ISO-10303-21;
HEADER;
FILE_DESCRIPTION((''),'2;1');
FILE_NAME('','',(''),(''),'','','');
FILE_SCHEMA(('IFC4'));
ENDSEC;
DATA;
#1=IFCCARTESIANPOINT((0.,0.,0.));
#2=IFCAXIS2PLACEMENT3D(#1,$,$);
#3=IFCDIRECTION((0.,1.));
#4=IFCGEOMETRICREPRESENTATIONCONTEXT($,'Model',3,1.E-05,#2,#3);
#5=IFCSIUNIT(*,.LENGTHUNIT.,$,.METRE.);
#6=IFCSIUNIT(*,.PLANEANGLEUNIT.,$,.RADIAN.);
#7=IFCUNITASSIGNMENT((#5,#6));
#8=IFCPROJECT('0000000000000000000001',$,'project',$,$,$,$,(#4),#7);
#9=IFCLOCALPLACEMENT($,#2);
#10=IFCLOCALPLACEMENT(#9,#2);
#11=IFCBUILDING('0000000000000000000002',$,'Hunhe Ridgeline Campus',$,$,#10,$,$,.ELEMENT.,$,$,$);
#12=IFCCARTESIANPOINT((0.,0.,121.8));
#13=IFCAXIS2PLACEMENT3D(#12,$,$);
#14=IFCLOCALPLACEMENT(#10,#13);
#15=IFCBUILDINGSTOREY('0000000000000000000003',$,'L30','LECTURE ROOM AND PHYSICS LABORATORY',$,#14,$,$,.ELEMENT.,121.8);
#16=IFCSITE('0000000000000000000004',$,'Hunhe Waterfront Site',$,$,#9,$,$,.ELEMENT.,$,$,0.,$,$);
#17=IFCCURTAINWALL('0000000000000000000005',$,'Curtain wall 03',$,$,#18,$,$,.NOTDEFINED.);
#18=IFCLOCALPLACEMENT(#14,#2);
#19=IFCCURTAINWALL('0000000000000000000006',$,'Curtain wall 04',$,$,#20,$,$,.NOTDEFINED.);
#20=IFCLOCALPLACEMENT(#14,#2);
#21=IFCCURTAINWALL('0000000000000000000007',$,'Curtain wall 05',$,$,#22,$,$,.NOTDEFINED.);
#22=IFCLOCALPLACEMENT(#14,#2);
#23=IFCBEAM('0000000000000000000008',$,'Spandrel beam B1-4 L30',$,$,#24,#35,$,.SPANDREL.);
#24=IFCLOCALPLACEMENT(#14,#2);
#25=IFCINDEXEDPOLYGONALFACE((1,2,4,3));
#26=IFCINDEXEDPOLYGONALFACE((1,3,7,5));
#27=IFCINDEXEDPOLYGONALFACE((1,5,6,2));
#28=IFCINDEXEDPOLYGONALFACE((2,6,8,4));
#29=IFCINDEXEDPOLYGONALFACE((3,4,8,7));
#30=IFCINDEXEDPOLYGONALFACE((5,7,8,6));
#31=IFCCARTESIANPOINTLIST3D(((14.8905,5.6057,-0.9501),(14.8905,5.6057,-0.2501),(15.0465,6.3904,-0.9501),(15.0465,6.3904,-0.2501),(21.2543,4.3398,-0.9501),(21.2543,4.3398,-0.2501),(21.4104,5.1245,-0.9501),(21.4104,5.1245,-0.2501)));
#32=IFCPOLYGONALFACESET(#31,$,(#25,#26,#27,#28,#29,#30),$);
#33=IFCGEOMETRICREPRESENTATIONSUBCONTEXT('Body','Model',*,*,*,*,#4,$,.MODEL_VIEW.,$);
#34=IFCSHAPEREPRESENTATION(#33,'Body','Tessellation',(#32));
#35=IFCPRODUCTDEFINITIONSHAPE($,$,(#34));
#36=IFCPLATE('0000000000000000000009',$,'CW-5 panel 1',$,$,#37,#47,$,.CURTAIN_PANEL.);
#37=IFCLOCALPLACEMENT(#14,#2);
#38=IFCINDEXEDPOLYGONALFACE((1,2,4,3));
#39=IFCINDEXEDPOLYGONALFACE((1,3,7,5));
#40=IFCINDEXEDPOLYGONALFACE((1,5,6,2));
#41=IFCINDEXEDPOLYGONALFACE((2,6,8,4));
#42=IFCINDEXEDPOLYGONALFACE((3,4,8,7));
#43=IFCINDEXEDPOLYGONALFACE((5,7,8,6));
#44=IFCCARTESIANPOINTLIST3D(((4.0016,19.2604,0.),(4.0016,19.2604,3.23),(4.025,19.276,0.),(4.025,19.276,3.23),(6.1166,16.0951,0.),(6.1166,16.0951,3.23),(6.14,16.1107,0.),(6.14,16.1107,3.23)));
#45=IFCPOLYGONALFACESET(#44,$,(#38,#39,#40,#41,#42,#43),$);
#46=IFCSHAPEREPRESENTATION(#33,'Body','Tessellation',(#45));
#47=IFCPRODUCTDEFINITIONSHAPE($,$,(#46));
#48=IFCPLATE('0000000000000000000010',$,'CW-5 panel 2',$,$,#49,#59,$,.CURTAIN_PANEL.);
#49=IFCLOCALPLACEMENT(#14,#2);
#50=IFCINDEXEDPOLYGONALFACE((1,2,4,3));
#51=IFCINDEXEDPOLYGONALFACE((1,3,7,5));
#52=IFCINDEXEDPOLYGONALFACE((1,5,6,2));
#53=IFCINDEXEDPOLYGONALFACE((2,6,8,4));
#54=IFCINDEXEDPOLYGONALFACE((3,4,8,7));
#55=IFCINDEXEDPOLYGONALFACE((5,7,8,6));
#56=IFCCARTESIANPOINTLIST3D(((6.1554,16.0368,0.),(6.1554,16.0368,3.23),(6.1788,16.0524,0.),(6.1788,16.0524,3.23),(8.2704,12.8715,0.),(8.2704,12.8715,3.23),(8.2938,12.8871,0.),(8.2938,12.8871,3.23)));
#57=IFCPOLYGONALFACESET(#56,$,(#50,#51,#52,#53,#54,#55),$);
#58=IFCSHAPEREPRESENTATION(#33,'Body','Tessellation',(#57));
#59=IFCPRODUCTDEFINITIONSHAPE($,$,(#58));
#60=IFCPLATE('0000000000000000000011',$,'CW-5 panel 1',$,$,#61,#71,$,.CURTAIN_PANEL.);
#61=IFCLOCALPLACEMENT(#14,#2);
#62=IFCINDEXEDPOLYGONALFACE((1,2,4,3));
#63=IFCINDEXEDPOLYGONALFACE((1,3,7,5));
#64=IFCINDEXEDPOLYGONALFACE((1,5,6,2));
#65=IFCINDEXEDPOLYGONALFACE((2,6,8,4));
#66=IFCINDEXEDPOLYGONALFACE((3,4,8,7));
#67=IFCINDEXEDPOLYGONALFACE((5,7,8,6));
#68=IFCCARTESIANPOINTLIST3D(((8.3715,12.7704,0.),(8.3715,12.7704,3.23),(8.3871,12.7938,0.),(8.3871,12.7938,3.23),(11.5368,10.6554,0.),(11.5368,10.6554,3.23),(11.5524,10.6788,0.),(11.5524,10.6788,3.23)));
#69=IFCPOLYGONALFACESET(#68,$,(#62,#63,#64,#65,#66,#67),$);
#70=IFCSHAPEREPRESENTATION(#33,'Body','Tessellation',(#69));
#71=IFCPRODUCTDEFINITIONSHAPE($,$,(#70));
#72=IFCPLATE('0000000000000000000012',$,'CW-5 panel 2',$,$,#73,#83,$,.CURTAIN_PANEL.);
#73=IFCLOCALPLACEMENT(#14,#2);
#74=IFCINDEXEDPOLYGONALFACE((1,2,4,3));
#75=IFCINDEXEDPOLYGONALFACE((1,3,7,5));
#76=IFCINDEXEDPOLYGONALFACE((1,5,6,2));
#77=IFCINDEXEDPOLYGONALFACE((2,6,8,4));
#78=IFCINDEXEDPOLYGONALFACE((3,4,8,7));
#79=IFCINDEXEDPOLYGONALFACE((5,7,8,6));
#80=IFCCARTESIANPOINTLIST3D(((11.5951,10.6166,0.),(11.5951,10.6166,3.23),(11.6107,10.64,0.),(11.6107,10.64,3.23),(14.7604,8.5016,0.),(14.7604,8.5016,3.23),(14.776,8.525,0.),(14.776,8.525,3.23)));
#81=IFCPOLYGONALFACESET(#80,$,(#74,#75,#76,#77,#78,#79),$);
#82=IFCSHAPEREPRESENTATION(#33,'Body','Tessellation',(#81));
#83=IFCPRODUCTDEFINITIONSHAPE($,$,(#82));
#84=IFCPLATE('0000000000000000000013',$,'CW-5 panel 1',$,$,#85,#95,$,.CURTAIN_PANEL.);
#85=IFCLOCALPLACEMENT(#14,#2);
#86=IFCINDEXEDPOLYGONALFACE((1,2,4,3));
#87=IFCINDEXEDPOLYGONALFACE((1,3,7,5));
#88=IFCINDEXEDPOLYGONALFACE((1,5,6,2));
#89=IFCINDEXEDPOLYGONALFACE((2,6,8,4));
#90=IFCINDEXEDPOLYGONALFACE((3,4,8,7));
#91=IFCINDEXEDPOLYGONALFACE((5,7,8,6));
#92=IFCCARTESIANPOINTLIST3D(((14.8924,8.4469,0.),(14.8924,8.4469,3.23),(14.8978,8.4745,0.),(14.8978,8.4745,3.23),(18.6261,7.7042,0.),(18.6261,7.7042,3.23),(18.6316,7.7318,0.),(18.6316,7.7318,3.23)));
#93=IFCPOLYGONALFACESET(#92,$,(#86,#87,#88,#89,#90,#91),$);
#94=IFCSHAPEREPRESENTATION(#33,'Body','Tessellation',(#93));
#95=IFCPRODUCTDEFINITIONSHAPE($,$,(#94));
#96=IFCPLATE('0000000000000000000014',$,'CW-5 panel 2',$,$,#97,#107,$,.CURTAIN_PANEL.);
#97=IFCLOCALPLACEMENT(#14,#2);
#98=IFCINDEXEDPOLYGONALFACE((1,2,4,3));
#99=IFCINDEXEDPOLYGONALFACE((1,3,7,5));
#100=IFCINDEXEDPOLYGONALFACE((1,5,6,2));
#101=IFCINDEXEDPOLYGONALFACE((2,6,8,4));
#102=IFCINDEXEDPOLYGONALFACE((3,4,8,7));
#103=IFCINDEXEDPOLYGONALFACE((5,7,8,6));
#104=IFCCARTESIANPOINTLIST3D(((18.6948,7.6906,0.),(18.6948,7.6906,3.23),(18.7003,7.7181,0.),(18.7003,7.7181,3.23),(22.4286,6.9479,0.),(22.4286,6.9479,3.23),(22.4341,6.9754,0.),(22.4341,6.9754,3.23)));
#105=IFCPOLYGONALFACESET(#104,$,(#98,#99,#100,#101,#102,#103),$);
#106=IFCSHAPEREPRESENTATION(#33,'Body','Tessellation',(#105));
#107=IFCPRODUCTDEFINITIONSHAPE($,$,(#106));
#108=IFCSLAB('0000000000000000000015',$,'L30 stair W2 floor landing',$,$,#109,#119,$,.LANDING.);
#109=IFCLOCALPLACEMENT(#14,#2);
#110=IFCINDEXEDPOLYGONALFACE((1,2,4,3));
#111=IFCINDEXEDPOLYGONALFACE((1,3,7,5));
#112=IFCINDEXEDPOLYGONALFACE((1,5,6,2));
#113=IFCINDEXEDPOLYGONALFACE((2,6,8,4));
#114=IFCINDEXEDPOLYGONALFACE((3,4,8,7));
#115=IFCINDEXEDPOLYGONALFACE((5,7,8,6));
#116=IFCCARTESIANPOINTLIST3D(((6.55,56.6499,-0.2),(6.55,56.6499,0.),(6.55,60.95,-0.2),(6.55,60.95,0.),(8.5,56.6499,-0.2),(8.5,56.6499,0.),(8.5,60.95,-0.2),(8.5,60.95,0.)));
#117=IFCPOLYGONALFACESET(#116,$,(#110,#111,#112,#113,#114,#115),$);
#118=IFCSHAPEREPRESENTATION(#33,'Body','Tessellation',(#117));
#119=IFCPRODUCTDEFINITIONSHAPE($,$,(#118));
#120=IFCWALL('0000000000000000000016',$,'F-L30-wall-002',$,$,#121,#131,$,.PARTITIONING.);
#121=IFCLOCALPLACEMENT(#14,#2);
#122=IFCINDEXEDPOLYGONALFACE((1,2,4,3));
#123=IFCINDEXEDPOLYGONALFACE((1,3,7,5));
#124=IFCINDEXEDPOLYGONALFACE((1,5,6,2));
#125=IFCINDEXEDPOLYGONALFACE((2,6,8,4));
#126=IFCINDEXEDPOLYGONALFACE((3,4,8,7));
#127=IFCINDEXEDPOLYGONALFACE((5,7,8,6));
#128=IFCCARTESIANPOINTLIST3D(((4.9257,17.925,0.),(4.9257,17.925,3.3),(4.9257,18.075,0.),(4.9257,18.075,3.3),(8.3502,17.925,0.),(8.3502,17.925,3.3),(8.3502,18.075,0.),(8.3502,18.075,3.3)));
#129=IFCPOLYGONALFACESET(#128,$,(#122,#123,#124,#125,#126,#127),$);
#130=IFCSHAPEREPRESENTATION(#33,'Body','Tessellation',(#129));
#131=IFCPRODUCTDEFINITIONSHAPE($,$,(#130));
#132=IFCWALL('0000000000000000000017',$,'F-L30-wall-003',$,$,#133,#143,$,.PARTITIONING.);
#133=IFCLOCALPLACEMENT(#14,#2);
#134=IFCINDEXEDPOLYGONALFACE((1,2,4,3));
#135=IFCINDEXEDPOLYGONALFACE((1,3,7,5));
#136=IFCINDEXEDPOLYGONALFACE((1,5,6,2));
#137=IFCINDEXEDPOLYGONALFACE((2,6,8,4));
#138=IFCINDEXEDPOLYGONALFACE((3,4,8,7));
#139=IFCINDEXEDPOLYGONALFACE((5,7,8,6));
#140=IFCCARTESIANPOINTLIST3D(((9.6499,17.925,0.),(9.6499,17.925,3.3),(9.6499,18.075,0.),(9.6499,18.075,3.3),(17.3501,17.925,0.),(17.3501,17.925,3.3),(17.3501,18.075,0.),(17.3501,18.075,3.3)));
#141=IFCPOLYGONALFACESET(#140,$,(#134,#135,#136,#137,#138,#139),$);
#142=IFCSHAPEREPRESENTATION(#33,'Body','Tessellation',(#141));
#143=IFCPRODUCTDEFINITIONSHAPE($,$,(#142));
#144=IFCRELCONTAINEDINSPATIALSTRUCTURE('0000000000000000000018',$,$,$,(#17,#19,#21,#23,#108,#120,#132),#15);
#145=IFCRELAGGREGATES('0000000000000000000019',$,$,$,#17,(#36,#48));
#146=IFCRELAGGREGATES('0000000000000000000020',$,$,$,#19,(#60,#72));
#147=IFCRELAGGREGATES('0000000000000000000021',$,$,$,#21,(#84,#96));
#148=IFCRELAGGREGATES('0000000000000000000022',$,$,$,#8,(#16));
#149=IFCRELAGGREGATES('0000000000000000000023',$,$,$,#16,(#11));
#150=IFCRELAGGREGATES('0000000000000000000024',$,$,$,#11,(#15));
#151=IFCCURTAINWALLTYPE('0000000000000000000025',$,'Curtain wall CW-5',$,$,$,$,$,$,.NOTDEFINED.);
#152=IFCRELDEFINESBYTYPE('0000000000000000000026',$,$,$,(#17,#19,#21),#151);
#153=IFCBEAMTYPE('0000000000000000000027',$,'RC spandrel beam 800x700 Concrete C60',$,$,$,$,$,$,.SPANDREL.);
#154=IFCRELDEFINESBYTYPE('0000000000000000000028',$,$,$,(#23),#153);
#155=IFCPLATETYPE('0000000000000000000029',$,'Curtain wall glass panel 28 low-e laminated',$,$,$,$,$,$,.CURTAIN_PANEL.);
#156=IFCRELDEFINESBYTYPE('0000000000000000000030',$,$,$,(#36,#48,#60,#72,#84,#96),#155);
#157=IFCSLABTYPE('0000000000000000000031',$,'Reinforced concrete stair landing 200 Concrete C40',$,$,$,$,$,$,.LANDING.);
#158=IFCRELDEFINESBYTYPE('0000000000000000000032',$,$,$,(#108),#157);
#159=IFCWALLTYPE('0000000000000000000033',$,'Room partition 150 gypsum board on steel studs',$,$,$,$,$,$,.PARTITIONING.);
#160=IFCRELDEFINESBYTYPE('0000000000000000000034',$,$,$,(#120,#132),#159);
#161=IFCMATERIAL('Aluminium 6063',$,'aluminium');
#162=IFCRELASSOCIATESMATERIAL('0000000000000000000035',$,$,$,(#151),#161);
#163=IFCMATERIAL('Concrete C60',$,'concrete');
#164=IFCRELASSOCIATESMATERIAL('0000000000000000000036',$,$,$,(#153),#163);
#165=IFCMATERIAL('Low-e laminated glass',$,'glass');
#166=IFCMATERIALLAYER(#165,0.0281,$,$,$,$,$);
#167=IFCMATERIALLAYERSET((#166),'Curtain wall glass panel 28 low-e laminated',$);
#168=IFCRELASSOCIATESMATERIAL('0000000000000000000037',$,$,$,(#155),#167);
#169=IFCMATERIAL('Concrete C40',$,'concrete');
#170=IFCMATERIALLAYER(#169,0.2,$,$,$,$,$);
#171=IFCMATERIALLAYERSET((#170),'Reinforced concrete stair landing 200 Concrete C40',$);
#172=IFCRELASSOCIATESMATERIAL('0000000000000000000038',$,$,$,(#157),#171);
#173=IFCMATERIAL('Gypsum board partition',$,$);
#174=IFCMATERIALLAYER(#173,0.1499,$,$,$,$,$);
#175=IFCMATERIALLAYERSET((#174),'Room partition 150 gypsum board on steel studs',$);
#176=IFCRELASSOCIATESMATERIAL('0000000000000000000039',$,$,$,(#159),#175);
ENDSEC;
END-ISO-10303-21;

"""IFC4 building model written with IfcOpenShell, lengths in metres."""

from ifc_helpers import new_model, si_unit, direction, frame, frame_2d, origin, origin_2d, place, context, subcontext, project, spatial, polyline, rectangle, outline, extrude, material, layer, layer_set, material_profile, profile_set, type_object, element, aggregate, save


model = new_model("IFC4")

# Units and contexts
model_context = context("Model", 3, precision=1e-05, world=origin(), true_north=direction((0.0, 1.0)))
body_context = subcontext(model_context, "Body", "Model", "MODEL_VIEW")
ifc_project = project(units=[si_unit("LENGTHUNIT", "METRE"), si_unit("PLANEANGLEUNIT", "RADIAN")], contexts=[model_context])

# Site, building, storey
site_placement = place(None, origin())
site = spatial("IfcSite", under=ifc_project, at=site_placement, Name="Hunhe Waterfront Site", CompositionType="ELEMENT", RefElevation=0.0)
building_placement = place(site_placement, origin())
building = spatial("IfcBuilding", under=site, at=building_placement, Name="Hunhe Ridgeline Campus", CompositionType="ELEMENT")
storey_placement = place(building_placement, frame((0.0, 0.0, 121.8)))
storey = spatial("IfcBuildingStorey", under=building, at=storey_placement, Name="L30", Description="LECTURE ROOM AND PHYSICS LABORATORY", CompositionType="ELEMENT", Elevation=121.8)

# Curtain walls
ifc_material_1 = material(Name="Aluminium 6063", Category="aluminium")
curtain_wall_type = type_object("IfcCurtainWallType", Name="Curtain wall CW-5", PredefinedType="NOTDEFINED", material=ifc_material_1)
curtain_wall_1_placement = place(storey_placement, origin())
curtain_wall_1 = element("IfcCurtainWall", 1, at=curtain_wall_1_placement, inside=storey, type_object=curtain_wall_type, Name="Curtain wall 03", PredefinedType="NOTDEFINED")
curtain_wall_2_placement = place(storey_placement, origin())
curtain_wall_2 = element("IfcCurtainWall", 2, at=curtain_wall_2_placement, inside=storey, type_object=curtain_wall_type, Name="Curtain wall 04", PredefinedType="NOTDEFINED")
curtain_wall_3_placement = place(storey_placement, origin())
curtain_wall_3 = element("IfcCurtainWall", 3, at=curtain_wall_3_placement, inside=storey, type_object=curtain_wall_type, Name="Curtain wall 05", PredefinedType="NOTDEFINED")

# Beam
ifc_material_2 = material(Name="Concrete C60", Category="concrete")
ifc_material_profile_1 = material_profile(ifc_material_2, rectangle(XDim=0.8, YDim=0.7, at=origin_2d()))
ifc_profile_set_1 = profile_set([ifc_material_profile_1], Name="Concrete C60")
beam_type = type_object("IfcBeamType", Name="RC spandrel beam 800x700 Concrete C60", PredefinedType="SPANDREL", material=ifc_profile_set_1)
for number, where, z_axis, x_axis, name in (
    (4, (14.9685, 5.998, -0.6001), (0.980784, -0.195096, 0.0), (0.195096, 0.980784, 0.0), "Spandrel beam B1-4 L30"),
):
    element("IfcBeam", number, at=place(storey_placement, frame(where, z_axis=z_axis, x_axis=x_axis)), inside=storey, type_object=beam_type, Name=name, PredefinedType="SPANDREL", context=body_context, shape_type="SweptSolid", body=[
        extrude(rectangle(XDim=0.8, YDim=0.7, at=origin_2d()), origin(), (0.0, 0.0, 1.0), 6.4885),
    ])

# Plates
ifc_material_3 = material(Name="Low-e laminated glass", Category="glass")
ifc_layer_1 = layer(ifc_material_3, 0.0281)
ifc_layer_set_1 = layer_set([ifc_layer_1], Name="Curtain wall glass panel 28 low-e laminated")
plate_type = type_object("IfcPlateType", Name="Curtain wall glass panel 28 low-e laminated", PredefinedType="CURTAIN_PANEL", material=ifc_layer_set_1)
plate_1_placement = place(storey_placement, frame((5.0708, 17.6855, 0.0), z_axis=(0.0, 0.0, 1.0), x_axis=(0.55557, -0.83147, 0.0)))
plate_1 = element("IfcPlate", 5, at=plate_1_placement, type_object=plate_type, Name="CW-5 panel 1", PredefinedType="CURTAIN_PANEL", context=body_context, shape_type="SweptSolid", body=[
    extrude(rectangle(XDim=3.8069, YDim=0.0281, at=origin_2d()), origin(), (0.0, 0.0, 1.0), 3.23),
])
plate_2_placement = place(storey_placement, frame((7.2246, 14.4619, 0.0), z_axis=(0.0, 0.0, 1.0), x_axis=(0.55557, -0.83147, 0.0)))
plate_2 = element("IfcPlate", 6, at=plate_2_placement, type_object=plate_type, Name="CW-5 panel 2", PredefinedType="CURTAIN_PANEL", context=body_context, shape_type="SweptSolid", body=[
    extrude(rectangle(XDim=3.8069, YDim=0.0281, at=origin_2d()), origin(), (0.0, 0.0, 1.0), 3.23),
])
aggregate(curtain_wall_1, [plate_1, plate_2])
plate_3_placement = place(storey_placement, frame((9.9619, 11.7246, 0.0), z_axis=(0.0, 0.0, 1.0), x_axis=(0.83147, -0.55557, 0.0)))
plate_3 = element("IfcPlate", 7, at=plate_3_placement, type_object=plate_type, Name="CW-5 panel 1", PredefinedType="CURTAIN_PANEL", context=body_context, shape_type="SweptSolid", body=[
    extrude(rectangle(XDim=3.8069, YDim=0.0281, at=origin_2d()), origin(), (0.0, 0.0, 1.0), 3.23),
])
plate_4_placement = place(storey_placement, frame((13.1855, 9.5708, 0.0), z_axis=(0.0, 0.0, 1.0), x_axis=(0.83147, -0.55557, 0.0)))
plate_4 = element("IfcPlate", 8, at=plate_4_placement, type_object=plate_type, Name="CW-5 panel 2", PredefinedType="CURTAIN_PANEL", context=body_context, shape_type="SweptSolid", body=[
    extrude(rectangle(XDim=3.8069, YDim=0.0281, at=origin_2d()), origin(), (0.0, 0.0, 1.0), 3.23),
])
aggregate(curtain_wall_2, [plate_3, plate_4])
plate_5_placement = place(storey_placement, frame((16.762, 8.0894, 0.0), z_axis=(0.0, 0.0, 1.0), x_axis=(0.980785, -0.19509, 0.0)))
plate_5 = element("IfcPlate", 9, at=plate_5_placement, type_object=plate_type, Name="CW-5 panel 1", PredefinedType="CURTAIN_PANEL", context=body_context, shape_type="SweptSolid", body=[
    extrude(rectangle(XDim=3.8069, YDim=0.0281, at=origin_2d()), origin(), (0.0, 0.0, 1.0), 3.23),
])
plate_6_placement = place(storey_placement, frame((20.5645, 7.333, 0.0), z_axis=(0.0, 0.0, 1.0), x_axis=(0.980785, -0.19509, 0.0)))
plate_6 = element("IfcPlate", 10, at=plate_6_placement, type_object=plate_type, Name="CW-5 panel 2", PredefinedType="CURTAIN_PANEL", context=body_context, shape_type="SweptSolid", body=[
    extrude(rectangle(XDim=3.8069, YDim=0.0281, at=origin_2d()), origin(), (0.0, 0.0, 1.0), 3.23),
])
aggregate(curtain_wall_3, [plate_5, plate_6])

# Slab
ifc_material_4 = material(Name="Concrete C40", Category="concrete")
ifc_layer_2 = layer(ifc_material_4, 0.2)
ifc_layer_set_2 = layer_set([ifc_layer_2], Name="Reinforced concrete stair landing 200 Concrete C40")
slab_type = type_object("IfcSlabType", Name="Reinforced concrete stair landing 200 Concrete C40", PredefinedType="LANDING", material=ifc_layer_set_2)
slab_placement = place(storey_placement, frame((0.0, 0.0, -0.2)))
element("IfcSlab", 11, at=slab_placement, inside=storey, type_object=slab_type, Name="L30 stair W2 floor landing", PredefinedType="LANDING", context=body_context, shape_type="SweptSolid", body=[
    extrude(outline(polyline([(8.5, 60.95), (6.55, 60.95), (6.55, 56.6499), (8.5, 56.6499), (8.5, 60.95)])), origin(), (0.0, 0.0, 1.0), 0.2),
])

# Shared definitions
ifc_material_5 = material(Name="Gypsum board partition")

# Walls
ifc_layer_3 = layer(ifc_material_5, 0.1499)
ifc_layer_set_3 = layer_set([ifc_layer_3], Name="Room partition 150 gypsum board on steel studs")
wall_type_1 = type_object("IfcWallType", Name="Room partition 150 gypsum board on steel studs", PredefinedType="PARTITIONING", material=ifc_layer_set_3)
wall_1_placement = place(storey_placement, frame((4.9255, 18.0, 0.0), z_axis=(0.0, 0.0, 1.0), x_axis=(1.0, 0.0, 0.0)))
element("IfcWall", 12, at=wall_1_placement, inside=storey, type_object=wall_type_1, Name="F-L30-wall-002", PredefinedType="PARTITIONING", context=body_context, shape_type="SweptSolid", body=[
    extrude(rectangle(XDim=3.4246, YDim=0.1499, at=frame_2d((1.7124, 0.0))), origin(), (0.0, 0.0, 1.0), 3.3),
])
wall_2_placement = place(storey_placement, frame((9.6499, 18.0, 0.0), z_axis=(0.0, 0.0, 1.0), x_axis=(1.0, 0.0, 0.0)))
element("IfcWall", 13, at=wall_2_placement, inside=storey, type_object=wall_type_1, Name="F-L30-wall-003", PredefinedType="PARTITIONING", context=body_context, shape_type="SweptSolid", body=[
    extrude(rectangle(XDim=7.7002, YDim=0.1499, at=frame_2d((3.8501, 0.0))), origin(), (0.0, 0.0, 1.0), 3.3),
])

save(model, "model.ifc")
